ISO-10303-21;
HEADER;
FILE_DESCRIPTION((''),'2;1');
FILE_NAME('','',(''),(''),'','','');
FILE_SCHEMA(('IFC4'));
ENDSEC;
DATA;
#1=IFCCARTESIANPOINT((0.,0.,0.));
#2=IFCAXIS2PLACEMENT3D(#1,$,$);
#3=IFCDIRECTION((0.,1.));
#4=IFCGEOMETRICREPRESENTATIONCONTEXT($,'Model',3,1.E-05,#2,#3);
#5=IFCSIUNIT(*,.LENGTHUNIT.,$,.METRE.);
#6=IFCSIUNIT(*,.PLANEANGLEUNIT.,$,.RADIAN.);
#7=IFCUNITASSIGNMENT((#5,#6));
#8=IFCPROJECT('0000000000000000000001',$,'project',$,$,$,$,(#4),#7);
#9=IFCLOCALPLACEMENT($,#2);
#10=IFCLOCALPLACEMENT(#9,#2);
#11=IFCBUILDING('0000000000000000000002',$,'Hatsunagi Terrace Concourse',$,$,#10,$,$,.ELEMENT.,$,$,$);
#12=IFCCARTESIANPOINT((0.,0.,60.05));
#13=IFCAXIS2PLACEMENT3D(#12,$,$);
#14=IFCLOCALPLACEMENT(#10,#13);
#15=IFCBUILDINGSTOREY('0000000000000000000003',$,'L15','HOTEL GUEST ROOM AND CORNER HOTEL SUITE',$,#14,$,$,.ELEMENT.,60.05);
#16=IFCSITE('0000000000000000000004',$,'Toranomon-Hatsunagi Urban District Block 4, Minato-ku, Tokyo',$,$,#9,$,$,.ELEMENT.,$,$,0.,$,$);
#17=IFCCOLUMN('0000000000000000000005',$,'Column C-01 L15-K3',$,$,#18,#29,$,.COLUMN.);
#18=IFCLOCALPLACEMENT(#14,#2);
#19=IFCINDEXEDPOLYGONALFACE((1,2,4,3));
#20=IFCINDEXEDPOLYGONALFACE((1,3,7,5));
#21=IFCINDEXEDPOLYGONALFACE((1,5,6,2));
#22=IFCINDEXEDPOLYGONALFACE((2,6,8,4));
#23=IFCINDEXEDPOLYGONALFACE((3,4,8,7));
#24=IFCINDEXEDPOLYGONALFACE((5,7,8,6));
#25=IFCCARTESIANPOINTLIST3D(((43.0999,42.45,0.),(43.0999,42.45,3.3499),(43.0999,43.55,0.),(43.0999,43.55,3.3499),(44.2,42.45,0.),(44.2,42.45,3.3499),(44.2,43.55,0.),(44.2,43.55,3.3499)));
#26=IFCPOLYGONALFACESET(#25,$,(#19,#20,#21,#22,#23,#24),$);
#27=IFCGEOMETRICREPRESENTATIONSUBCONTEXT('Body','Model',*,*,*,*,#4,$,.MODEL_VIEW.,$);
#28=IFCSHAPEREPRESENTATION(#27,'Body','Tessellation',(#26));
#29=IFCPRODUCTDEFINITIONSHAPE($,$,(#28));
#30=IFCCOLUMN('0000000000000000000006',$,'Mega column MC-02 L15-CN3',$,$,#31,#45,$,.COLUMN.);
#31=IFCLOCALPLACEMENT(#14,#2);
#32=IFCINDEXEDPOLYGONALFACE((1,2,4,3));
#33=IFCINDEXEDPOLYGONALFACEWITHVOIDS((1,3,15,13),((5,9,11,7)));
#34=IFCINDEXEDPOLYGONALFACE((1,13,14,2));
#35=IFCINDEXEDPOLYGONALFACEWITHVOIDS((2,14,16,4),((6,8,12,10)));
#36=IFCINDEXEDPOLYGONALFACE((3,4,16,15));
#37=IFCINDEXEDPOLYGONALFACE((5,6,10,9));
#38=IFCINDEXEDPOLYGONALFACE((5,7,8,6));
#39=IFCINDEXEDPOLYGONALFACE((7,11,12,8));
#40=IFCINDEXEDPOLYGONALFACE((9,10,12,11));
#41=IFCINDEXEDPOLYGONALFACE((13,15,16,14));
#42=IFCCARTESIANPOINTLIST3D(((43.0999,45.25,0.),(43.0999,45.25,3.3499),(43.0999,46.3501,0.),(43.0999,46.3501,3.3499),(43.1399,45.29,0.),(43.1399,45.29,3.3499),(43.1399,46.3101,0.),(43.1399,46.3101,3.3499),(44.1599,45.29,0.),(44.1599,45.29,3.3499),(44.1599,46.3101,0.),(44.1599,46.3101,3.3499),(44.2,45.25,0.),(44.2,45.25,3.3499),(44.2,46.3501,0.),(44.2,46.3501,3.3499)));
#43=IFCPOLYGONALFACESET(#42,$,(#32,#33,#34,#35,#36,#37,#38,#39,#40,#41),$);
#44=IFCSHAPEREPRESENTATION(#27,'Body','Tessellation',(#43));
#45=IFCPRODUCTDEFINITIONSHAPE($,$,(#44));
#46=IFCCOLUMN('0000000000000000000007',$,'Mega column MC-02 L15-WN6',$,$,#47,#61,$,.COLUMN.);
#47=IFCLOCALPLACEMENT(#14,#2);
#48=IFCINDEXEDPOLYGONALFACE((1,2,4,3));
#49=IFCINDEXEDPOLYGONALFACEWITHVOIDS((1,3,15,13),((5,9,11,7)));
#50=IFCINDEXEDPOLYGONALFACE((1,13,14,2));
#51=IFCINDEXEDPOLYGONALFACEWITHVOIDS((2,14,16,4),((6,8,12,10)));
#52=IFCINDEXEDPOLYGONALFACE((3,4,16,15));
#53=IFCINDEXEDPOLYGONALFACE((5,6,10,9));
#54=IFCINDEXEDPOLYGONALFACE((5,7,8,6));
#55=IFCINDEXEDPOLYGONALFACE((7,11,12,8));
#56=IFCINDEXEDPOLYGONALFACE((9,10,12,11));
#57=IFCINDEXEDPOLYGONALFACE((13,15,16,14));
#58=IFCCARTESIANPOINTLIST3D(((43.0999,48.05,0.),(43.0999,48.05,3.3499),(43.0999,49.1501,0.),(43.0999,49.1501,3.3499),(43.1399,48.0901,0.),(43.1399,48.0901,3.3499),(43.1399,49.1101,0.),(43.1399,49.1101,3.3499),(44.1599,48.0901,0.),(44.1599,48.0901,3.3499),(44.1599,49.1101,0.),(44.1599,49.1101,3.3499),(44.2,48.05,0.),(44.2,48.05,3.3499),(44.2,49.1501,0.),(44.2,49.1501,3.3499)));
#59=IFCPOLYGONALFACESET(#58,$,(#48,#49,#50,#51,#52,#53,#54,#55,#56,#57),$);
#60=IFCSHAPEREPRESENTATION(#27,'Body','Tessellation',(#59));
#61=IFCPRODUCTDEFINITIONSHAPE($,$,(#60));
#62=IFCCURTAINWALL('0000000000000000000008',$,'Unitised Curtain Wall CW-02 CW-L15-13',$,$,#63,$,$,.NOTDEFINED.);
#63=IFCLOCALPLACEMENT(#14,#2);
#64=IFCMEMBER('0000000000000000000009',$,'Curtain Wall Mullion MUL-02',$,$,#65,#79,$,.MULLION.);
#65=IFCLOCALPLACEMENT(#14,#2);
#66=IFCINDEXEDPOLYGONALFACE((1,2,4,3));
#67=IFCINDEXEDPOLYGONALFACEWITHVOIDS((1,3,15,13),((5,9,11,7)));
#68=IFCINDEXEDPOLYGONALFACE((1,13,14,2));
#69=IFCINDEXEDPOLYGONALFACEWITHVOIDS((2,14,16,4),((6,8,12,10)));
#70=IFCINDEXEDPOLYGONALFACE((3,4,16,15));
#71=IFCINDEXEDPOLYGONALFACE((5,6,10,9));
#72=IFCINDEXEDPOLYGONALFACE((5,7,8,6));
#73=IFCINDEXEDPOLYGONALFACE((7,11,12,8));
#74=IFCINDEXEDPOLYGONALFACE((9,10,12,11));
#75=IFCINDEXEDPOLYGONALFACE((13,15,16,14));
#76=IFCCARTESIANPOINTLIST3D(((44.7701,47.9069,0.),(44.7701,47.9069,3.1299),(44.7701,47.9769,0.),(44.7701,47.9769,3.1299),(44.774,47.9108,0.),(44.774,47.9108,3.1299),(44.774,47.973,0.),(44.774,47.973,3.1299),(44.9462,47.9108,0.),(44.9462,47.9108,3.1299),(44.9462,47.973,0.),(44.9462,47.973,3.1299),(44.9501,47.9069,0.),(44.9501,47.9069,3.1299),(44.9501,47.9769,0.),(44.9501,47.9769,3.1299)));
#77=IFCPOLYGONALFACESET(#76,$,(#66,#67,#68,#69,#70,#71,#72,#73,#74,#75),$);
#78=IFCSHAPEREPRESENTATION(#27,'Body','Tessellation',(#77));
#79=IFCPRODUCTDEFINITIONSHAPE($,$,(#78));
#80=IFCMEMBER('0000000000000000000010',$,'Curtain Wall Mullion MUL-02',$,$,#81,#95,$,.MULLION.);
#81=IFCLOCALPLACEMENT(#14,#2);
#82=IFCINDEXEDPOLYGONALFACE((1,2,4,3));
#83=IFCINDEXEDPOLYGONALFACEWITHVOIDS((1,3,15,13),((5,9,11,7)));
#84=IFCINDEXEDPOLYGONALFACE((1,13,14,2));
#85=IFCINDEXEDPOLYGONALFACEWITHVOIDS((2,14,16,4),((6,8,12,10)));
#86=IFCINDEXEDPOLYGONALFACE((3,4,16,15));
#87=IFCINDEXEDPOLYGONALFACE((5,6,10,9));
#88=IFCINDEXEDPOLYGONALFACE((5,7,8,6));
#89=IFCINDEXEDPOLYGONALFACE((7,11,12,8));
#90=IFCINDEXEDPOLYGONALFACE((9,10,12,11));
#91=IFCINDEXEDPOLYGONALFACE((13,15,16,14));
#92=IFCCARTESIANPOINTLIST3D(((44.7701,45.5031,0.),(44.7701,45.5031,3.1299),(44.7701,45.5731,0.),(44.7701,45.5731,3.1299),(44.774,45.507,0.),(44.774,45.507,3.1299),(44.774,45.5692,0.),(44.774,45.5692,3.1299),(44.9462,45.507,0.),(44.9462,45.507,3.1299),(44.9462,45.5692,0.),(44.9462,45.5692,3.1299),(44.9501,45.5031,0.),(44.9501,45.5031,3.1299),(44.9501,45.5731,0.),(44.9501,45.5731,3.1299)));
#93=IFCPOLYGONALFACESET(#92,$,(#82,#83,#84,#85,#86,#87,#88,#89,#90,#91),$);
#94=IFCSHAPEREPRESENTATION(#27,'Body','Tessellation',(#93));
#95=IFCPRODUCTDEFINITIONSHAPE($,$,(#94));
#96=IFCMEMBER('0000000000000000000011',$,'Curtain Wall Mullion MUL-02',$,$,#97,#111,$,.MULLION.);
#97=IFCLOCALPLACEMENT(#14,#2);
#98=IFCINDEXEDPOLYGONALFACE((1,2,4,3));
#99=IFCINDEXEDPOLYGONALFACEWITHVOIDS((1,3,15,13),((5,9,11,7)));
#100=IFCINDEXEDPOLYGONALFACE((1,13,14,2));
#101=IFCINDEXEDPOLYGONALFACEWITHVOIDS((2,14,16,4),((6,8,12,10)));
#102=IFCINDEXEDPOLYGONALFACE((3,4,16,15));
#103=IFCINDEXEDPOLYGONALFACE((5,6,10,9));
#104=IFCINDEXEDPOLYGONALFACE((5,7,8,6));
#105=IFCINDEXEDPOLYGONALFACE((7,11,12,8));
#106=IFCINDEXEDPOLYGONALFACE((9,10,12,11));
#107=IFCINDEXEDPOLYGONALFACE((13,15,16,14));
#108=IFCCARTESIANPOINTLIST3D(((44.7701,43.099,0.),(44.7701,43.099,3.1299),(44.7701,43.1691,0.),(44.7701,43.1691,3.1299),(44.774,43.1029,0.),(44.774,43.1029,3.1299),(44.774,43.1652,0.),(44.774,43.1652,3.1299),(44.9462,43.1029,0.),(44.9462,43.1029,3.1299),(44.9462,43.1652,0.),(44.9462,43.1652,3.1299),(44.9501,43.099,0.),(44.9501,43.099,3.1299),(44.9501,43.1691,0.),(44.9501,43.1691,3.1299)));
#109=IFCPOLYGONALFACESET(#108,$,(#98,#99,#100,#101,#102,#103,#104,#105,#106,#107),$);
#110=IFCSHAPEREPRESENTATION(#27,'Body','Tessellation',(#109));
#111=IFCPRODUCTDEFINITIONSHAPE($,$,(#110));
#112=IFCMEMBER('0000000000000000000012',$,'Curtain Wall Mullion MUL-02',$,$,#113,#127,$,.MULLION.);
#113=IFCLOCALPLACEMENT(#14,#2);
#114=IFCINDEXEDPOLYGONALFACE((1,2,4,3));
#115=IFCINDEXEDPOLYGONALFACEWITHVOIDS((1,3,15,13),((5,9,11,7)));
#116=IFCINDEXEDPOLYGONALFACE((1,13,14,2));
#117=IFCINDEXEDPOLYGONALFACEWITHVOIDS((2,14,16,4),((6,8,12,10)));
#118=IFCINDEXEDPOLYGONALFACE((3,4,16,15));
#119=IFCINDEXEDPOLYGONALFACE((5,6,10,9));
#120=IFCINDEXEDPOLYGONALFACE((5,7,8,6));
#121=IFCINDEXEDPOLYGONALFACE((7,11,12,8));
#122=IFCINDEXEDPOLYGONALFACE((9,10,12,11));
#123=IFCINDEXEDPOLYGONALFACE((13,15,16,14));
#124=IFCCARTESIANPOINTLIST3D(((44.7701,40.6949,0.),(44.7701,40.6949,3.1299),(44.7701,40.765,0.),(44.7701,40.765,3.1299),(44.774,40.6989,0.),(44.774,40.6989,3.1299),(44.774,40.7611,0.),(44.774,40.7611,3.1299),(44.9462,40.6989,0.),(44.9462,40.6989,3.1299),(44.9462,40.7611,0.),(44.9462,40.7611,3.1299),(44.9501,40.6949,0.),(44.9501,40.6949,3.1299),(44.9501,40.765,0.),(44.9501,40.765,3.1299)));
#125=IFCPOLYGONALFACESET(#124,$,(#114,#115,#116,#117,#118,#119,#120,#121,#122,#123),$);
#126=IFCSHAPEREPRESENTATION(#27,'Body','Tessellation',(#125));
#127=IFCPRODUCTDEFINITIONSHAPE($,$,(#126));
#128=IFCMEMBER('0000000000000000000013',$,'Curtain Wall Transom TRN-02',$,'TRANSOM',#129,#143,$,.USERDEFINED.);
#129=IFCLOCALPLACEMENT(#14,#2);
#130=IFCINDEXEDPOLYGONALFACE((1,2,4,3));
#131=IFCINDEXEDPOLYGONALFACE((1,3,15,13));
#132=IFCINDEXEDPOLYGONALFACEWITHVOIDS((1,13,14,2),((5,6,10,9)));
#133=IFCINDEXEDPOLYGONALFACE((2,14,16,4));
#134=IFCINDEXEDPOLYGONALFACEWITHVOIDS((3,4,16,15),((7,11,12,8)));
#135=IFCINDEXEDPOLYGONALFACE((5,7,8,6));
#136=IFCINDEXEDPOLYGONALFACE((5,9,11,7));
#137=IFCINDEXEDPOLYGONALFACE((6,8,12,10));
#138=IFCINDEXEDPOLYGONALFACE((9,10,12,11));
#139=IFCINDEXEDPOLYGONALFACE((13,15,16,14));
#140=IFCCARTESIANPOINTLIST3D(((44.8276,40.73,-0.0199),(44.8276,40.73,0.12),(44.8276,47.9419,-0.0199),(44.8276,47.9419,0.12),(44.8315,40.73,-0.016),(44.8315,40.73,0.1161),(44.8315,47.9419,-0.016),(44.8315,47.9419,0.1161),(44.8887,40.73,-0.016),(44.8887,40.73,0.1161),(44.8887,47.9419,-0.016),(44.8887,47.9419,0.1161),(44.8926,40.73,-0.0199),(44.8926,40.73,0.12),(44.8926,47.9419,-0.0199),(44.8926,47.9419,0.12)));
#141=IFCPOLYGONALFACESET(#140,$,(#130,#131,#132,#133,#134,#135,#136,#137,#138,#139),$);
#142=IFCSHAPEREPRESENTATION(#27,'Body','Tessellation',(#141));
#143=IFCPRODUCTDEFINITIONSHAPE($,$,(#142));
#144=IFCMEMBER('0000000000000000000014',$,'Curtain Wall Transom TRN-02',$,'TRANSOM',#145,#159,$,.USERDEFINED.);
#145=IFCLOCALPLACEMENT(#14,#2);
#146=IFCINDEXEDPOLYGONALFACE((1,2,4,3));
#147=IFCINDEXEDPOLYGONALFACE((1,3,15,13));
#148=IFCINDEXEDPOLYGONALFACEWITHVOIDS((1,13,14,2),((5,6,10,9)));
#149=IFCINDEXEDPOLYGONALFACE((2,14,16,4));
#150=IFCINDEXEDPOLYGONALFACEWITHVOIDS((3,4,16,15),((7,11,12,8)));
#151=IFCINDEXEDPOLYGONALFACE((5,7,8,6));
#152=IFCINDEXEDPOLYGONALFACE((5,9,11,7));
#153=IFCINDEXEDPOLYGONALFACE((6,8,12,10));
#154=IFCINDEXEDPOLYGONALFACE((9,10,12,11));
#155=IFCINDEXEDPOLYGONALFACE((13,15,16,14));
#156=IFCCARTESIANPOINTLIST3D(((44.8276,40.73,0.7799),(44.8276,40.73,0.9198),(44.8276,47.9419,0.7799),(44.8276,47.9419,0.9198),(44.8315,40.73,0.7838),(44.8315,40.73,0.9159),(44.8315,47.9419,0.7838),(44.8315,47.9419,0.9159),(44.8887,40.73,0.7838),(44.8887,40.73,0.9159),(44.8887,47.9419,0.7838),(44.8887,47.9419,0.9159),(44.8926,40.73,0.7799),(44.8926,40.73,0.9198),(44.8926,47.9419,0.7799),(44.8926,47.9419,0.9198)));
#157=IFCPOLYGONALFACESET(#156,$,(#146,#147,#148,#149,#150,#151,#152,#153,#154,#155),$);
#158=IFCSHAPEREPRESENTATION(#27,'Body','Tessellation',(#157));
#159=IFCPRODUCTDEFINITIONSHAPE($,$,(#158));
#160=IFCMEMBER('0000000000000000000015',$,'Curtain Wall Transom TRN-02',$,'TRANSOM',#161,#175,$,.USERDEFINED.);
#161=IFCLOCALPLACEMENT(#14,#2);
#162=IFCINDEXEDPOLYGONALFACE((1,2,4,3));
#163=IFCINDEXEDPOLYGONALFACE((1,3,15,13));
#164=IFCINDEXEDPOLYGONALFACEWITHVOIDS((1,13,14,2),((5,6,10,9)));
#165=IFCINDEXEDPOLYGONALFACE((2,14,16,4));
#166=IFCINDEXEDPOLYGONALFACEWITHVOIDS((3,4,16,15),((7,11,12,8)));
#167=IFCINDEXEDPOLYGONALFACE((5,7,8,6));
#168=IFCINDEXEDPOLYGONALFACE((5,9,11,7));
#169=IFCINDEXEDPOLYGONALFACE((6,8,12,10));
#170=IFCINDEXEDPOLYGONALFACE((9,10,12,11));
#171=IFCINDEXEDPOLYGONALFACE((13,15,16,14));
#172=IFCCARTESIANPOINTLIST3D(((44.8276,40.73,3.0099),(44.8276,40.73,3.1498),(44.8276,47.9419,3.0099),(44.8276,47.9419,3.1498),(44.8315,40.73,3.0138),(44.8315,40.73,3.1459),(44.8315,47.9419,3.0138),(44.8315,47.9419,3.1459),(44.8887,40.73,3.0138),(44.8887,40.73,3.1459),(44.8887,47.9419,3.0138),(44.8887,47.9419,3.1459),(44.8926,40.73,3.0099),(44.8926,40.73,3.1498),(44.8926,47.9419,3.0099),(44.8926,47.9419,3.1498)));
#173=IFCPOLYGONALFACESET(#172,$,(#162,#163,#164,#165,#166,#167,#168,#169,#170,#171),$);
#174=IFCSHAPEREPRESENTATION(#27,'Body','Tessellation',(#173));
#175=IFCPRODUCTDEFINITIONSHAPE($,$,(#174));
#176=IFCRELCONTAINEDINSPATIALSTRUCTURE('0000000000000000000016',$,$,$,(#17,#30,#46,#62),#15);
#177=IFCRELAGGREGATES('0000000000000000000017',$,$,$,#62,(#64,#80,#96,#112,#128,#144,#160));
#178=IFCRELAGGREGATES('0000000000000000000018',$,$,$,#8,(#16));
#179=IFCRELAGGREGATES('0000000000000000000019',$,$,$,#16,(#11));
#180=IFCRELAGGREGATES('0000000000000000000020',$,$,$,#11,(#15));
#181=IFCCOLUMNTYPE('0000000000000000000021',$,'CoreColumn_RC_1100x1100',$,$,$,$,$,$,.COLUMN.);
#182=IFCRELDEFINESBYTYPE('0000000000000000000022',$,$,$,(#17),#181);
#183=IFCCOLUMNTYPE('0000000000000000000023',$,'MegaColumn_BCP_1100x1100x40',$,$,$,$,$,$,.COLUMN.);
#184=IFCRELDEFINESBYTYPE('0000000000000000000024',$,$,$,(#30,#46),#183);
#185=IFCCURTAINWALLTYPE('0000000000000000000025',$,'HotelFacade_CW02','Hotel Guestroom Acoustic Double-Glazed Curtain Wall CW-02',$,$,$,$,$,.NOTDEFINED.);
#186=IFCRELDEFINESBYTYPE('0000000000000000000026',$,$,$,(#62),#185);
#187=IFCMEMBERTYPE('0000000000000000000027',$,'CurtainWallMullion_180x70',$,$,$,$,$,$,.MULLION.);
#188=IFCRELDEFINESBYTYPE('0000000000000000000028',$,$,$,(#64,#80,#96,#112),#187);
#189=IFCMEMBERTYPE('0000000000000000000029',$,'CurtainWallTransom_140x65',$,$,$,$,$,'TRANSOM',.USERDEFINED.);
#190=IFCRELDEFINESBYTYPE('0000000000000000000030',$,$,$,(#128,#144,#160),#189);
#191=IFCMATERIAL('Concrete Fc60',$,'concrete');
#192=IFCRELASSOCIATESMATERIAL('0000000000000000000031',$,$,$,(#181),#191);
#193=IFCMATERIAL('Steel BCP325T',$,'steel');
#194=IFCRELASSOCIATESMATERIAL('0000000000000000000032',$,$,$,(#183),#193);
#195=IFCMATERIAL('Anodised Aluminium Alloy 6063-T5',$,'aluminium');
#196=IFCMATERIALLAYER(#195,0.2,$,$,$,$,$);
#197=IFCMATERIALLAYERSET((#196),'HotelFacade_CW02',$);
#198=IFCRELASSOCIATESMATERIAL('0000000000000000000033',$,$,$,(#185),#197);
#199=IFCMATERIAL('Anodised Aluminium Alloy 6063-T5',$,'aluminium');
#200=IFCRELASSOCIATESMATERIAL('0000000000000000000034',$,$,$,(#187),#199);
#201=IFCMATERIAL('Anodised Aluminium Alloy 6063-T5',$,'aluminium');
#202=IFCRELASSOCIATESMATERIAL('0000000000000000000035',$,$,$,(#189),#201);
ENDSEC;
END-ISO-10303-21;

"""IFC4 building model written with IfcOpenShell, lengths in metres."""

from ifc_helpers import new_model, si_unit, direction, frame, origin, origin_2d, place, context, subcontext, project, spatial, rectangle, hollow_rectangle, extrude, material, layer, layer_set, material_profile, profile_set, type_object, element, aggregate, save


model = new_model("IFC4")

# Units and contexts
model_context = context("Model", 3, precision=1e-05, world=origin(), true_north=direction((0.0, 1.0)))
body_context = subcontext(model_context, "Body", "Model", "MODEL_VIEW")
ifc_project = project(units=[si_unit("LENGTHUNIT", "METRE"), si_unit("PLANEANGLEUNIT", "RADIAN")], contexts=[model_context])

# Site, building, storey
site_placement = place(None, origin())
site = spatial("IfcSite", under=ifc_project, at=site_placement, Name="Toranomon-Hatsunagi Urban District Block 4, Minato-ku, Tokyo", CompositionType="ELEMENT", RefElevation=0.0)
building_placement = place(site_placement, origin())
building = spatial("IfcBuilding", under=site, at=building_placement, Name="Hatsunagi Terrace Concourse", CompositionType="ELEMENT")
storey_placement = place(building_placement, frame((0.0, 0.0, 60.05)))
storey = spatial("IfcBuildingStorey", under=building, at=storey_placement, Name="L15", Description="HOTEL GUEST ROOM AND CORNER HOTEL SUITE", CompositionType="ELEMENT", Elevation=60.05)

# Columns
ifc_material_1 = material(Name="Concrete Fc60", Category="concrete")
ifc_material_profile_1 = material_profile(ifc_material_1, rectangle(XDim=1.1001, YDim=1.1001, at=origin_2d()), Name="RC-1100x1100")
ifc_profile_set_1 = profile_set([ifc_material_profile_1], Name="Concrete Fc60")
column_type_1 = type_object("IfcColumnType", Name="CoreColumn_RC_1100x1100", PredefinedType="COLUMN", material=ifc_profile_set_1)
column_placement = place(storey_placement, frame((43.6499, 43.0, 0.0), z_axis=(0.0, 0.0, 1.0), x_axis=(1.0, 0.0, 0.0)))
element("IfcColumn", 1, at=column_placement, inside=storey, type_object=column_type_1, Name="Column C-01 L15-K3", PredefinedType="COLUMN", context=body_context, shape_type="SweptSolid", body=[
    extrude(rectangle(XDim=1.1001, YDim=1.1001, at=origin_2d()), origin(), (0.0, 0.0, 1.0), 3.3499),
])
ifc_material_2 = material(Name="Steel BCP325T", Category="steel")
ifc_material_profile_2 = material_profile(ifc_material_2, hollow_rectangle(XDim=1.1001, YDim=1.1001, WallThickness=0.04, at=origin_2d()), Name="BCP-1100x1100x40")
ifc_profile_set_2 = profile_set([ifc_material_profile_2], Name="Steel BCP325T")
column_type_2 = type_object("IfcColumnType", Name="MegaColumn_BCP_1100x1100x40", PredefinedType="COLUMN", material=ifc_profile_set_2)
for number, where, z_axis, x_axis, name in (
    (2, (43.6499, 45.8, 0.0), (0.0, 0.0, 1.0), (1.0, 0.0, 0.0), "Mega column MC-02 L15-CN3"),
    (3, (43.6499, 48.6001, 0.0), (0.0, 0.0, 1.0), (1.0, 0.0, 0.0), "Mega column MC-02 L15-WN6"),
):
    element("IfcColumn", number, at=place(storey_placement, frame(where, z_axis=z_axis, x_axis=x_axis)), inside=storey, type_object=column_type_2, Name=name, PredefinedType="COLUMN", context=body_context, shape_type="SweptSolid", body=[
        extrude(hollow_rectangle(XDim=1.1001, YDim=1.1001, WallThickness=0.04, at=origin_2d()), origin(), (0.0, 0.0, 1.0), 3.3499),
    ])

# Curtain wall, members
ifc_material_3 = material(Name="Anodised Aluminium Alloy 6063-T5", Category="aluminium")
ifc_layer_1 = layer(ifc_material_3, 0.2)
ifc_layer_set_1 = layer_set([ifc_layer_1], Name="HotelFacade_CW02")
curtain_wall_type = type_object("IfcCurtainWallType", Name="HotelFacade_CW02", Description="Hotel Guestroom Acoustic Double-Glazed Curtain Wall CW-02", PredefinedType="NOTDEFINED", material=ifc_layer_set_1)
curtain_wall_placement = place(storey_placement, origin())
curtain_wall = element("IfcCurtainWall", 4, at=curtain_wall_placement, inside=storey, type_object=curtain_wall_type, Name="Unitised Curtain Wall CW-02 CW-L15-13", PredefinedType="NOTDEFINED")
ifc_material_4 = material(Name="Anodised Aluminium Alloy 6063-T5", Category="aluminium")
ifc_material_profile_3 = material_profile(ifc_material_4, hollow_rectangle(XDim=0.0701, YDim=0.1799, WallThickness=0.0039, at=origin_2d()), Name="ALU-MUL-180x70x4")
ifc_profile_set_3 = profile_set([ifc_material_profile_3], Name="Anodised Aluminium Alloy 6063-T5")
member_type_1 = type_object("IfcMemberType", Name="CurtainWallMullion_180x70", PredefinedType="MULLION", material=ifc_profile_set_3)
member_1_placement = place(storey_placement, frame((44.8601, 47.9419, 0.0), z_axis=(0.0, 0.0, 1.0), x_axis=(0.0, -1.0, 0.0)))
member_1 = element("IfcMember", 5, at=member_1_placement, type_object=member_type_1, Name="Curtain Wall Mullion MUL-02", PredefinedType="MULLION", context=body_context, shape_type="SweptSolid", body=[
    extrude(hollow_rectangle(XDim=0.0701, YDim=0.1799, WallThickness=0.0039, at=origin_2d()), origin(), (0.0, 0.0, 1.0), 3.1299),
])
member_2_placement = place(storey_placement, frame((44.8601, 45.5381, 0.0), z_axis=(0.0, 0.0, 1.0), x_axis=(0.0, -1.0, 0.0)))
member_2 = element("IfcMember", 6, at=member_2_placement, type_object=member_type_1, Name="Curtain Wall Mullion MUL-02", PredefinedType="MULLION", context=body_context, shape_type="SweptSolid", body=[
    extrude(hollow_rectangle(XDim=0.0701, YDim=0.1799, WallThickness=0.0039, at=origin_2d()), origin(), (0.0, 0.0, 1.0), 3.1299),
])
member_3_placement = place(storey_placement, frame((44.8601, 43.134, 0.0), z_axis=(0.0, 0.0, 1.0), x_axis=(0.0, -1.0, 0.0)))
member_3 = element("IfcMember", 7, at=member_3_placement, type_object=member_type_1, Name="Curtain Wall Mullion MUL-02", PredefinedType="MULLION", context=body_context, shape_type="SweptSolid", body=[
    extrude(hollow_rectangle(XDim=0.0701, YDim=0.1799, WallThickness=0.0039, at=origin_2d()), origin(), (0.0, 0.0, 1.0), 3.1299),
])
member_4_placement = place(storey_placement, frame((44.8601, 40.73, 0.0), z_axis=(0.0, 0.0, 1.0), x_axis=(0.0, -1.0, 0.0)))
member_4 = element("IfcMember", 8, at=member_4_placement, type_object=member_type_1, Name="Curtain Wall Mullion MUL-02", PredefinedType="MULLION", context=body_context, shape_type="SweptSolid", body=[
    extrude(hollow_rectangle(XDim=0.0701, YDim=0.1799, WallThickness=0.0039, at=origin_2d()), origin(), (0.0, 0.0, 1.0), 3.1299),
])
ifc_material_5 = material(Name="Anodised Aluminium Alloy 6063-T5", Category="aluminium")
ifc_material_profile_4 = material_profile(ifc_material_5, hollow_rectangle(XDim=0.0649, YDim=0.1399, WallThickness=0.0039, at=origin_2d()), Name="ALU-TRN-140x65x4")
ifc_profile_set_4 = profile_set([ifc_material_profile_4], Name="Anodised Aluminium Alloy 6063-T5")
member_type_2 = type_object("IfcMemberType", Name="CurtainWallTransom_140x65", ElementType="TRANSOM", PredefinedType="USERDEFINED", material=ifc_profile_set_4)
member_5_placement = place(storey_placement, frame((44.8601, 47.9419, 0.05), z_axis=(0.0, -1.0, 0.0), x_axis=(1.0, 0.0, 0.0)))
member_5 = element("IfcMember", 9, at=member_5_placement, type_object=member_type_2, Name="Curtain Wall Transom TRN-02", ObjectType="TRANSOM", PredefinedType="USERDEFINED", context=body_context, shape_type="SweptSolid", body=[
    extrude(hollow_rectangle(XDim=0.0649, YDim=0.1399, WallThickness=0.0039, at=origin_2d()), origin(), (0.0, 0.0, 1.0), 7.2119),
])
member_6_placement = place(storey_placement, frame((44.8601, 47.9419, 0.8499), z_axis=(0.0, -1.0, 0.0), x_axis=(1.0, 0.0, 0.0)))
member_6 = element("IfcMember", 10, at=member_6_placement, type_object=member_type_2, Name="Curtain Wall Transom TRN-02", ObjectType="TRANSOM", PredefinedType="USERDEFINED", context=body_context, shape_type="SweptSolid", body=[
    extrude(hollow_rectangle(XDim=0.0649, YDim=0.1399, WallThickness=0.0039, at=origin_2d()), origin(), (0.0, 0.0, 1.0), 7.2119),
])
member_7_placement = place(storey_placement, frame((44.8601, 47.9419, 3.0798), z_axis=(0.0, -1.0, 0.0), x_axis=(1.0, 0.0, 0.0)))
member_7 = element("IfcMember", 11, at=member_7_placement, type_object=member_type_2, Name="Curtain Wall Transom TRN-02", ObjectType="TRANSOM", PredefinedType="USERDEFINED", context=body_context, shape_type="SweptSolid", body=[
    extrude(hollow_rectangle(XDim=0.0649, YDim=0.1399, WallThickness=0.0039, at=origin_2d()), origin(), (0.0, 0.0, 1.0), 7.2119),
])

aggregate(curtain_wall, [member_1, member_2, member_3, member_4, member_5, member_6, member_7])

save(model, "model.ifc")
